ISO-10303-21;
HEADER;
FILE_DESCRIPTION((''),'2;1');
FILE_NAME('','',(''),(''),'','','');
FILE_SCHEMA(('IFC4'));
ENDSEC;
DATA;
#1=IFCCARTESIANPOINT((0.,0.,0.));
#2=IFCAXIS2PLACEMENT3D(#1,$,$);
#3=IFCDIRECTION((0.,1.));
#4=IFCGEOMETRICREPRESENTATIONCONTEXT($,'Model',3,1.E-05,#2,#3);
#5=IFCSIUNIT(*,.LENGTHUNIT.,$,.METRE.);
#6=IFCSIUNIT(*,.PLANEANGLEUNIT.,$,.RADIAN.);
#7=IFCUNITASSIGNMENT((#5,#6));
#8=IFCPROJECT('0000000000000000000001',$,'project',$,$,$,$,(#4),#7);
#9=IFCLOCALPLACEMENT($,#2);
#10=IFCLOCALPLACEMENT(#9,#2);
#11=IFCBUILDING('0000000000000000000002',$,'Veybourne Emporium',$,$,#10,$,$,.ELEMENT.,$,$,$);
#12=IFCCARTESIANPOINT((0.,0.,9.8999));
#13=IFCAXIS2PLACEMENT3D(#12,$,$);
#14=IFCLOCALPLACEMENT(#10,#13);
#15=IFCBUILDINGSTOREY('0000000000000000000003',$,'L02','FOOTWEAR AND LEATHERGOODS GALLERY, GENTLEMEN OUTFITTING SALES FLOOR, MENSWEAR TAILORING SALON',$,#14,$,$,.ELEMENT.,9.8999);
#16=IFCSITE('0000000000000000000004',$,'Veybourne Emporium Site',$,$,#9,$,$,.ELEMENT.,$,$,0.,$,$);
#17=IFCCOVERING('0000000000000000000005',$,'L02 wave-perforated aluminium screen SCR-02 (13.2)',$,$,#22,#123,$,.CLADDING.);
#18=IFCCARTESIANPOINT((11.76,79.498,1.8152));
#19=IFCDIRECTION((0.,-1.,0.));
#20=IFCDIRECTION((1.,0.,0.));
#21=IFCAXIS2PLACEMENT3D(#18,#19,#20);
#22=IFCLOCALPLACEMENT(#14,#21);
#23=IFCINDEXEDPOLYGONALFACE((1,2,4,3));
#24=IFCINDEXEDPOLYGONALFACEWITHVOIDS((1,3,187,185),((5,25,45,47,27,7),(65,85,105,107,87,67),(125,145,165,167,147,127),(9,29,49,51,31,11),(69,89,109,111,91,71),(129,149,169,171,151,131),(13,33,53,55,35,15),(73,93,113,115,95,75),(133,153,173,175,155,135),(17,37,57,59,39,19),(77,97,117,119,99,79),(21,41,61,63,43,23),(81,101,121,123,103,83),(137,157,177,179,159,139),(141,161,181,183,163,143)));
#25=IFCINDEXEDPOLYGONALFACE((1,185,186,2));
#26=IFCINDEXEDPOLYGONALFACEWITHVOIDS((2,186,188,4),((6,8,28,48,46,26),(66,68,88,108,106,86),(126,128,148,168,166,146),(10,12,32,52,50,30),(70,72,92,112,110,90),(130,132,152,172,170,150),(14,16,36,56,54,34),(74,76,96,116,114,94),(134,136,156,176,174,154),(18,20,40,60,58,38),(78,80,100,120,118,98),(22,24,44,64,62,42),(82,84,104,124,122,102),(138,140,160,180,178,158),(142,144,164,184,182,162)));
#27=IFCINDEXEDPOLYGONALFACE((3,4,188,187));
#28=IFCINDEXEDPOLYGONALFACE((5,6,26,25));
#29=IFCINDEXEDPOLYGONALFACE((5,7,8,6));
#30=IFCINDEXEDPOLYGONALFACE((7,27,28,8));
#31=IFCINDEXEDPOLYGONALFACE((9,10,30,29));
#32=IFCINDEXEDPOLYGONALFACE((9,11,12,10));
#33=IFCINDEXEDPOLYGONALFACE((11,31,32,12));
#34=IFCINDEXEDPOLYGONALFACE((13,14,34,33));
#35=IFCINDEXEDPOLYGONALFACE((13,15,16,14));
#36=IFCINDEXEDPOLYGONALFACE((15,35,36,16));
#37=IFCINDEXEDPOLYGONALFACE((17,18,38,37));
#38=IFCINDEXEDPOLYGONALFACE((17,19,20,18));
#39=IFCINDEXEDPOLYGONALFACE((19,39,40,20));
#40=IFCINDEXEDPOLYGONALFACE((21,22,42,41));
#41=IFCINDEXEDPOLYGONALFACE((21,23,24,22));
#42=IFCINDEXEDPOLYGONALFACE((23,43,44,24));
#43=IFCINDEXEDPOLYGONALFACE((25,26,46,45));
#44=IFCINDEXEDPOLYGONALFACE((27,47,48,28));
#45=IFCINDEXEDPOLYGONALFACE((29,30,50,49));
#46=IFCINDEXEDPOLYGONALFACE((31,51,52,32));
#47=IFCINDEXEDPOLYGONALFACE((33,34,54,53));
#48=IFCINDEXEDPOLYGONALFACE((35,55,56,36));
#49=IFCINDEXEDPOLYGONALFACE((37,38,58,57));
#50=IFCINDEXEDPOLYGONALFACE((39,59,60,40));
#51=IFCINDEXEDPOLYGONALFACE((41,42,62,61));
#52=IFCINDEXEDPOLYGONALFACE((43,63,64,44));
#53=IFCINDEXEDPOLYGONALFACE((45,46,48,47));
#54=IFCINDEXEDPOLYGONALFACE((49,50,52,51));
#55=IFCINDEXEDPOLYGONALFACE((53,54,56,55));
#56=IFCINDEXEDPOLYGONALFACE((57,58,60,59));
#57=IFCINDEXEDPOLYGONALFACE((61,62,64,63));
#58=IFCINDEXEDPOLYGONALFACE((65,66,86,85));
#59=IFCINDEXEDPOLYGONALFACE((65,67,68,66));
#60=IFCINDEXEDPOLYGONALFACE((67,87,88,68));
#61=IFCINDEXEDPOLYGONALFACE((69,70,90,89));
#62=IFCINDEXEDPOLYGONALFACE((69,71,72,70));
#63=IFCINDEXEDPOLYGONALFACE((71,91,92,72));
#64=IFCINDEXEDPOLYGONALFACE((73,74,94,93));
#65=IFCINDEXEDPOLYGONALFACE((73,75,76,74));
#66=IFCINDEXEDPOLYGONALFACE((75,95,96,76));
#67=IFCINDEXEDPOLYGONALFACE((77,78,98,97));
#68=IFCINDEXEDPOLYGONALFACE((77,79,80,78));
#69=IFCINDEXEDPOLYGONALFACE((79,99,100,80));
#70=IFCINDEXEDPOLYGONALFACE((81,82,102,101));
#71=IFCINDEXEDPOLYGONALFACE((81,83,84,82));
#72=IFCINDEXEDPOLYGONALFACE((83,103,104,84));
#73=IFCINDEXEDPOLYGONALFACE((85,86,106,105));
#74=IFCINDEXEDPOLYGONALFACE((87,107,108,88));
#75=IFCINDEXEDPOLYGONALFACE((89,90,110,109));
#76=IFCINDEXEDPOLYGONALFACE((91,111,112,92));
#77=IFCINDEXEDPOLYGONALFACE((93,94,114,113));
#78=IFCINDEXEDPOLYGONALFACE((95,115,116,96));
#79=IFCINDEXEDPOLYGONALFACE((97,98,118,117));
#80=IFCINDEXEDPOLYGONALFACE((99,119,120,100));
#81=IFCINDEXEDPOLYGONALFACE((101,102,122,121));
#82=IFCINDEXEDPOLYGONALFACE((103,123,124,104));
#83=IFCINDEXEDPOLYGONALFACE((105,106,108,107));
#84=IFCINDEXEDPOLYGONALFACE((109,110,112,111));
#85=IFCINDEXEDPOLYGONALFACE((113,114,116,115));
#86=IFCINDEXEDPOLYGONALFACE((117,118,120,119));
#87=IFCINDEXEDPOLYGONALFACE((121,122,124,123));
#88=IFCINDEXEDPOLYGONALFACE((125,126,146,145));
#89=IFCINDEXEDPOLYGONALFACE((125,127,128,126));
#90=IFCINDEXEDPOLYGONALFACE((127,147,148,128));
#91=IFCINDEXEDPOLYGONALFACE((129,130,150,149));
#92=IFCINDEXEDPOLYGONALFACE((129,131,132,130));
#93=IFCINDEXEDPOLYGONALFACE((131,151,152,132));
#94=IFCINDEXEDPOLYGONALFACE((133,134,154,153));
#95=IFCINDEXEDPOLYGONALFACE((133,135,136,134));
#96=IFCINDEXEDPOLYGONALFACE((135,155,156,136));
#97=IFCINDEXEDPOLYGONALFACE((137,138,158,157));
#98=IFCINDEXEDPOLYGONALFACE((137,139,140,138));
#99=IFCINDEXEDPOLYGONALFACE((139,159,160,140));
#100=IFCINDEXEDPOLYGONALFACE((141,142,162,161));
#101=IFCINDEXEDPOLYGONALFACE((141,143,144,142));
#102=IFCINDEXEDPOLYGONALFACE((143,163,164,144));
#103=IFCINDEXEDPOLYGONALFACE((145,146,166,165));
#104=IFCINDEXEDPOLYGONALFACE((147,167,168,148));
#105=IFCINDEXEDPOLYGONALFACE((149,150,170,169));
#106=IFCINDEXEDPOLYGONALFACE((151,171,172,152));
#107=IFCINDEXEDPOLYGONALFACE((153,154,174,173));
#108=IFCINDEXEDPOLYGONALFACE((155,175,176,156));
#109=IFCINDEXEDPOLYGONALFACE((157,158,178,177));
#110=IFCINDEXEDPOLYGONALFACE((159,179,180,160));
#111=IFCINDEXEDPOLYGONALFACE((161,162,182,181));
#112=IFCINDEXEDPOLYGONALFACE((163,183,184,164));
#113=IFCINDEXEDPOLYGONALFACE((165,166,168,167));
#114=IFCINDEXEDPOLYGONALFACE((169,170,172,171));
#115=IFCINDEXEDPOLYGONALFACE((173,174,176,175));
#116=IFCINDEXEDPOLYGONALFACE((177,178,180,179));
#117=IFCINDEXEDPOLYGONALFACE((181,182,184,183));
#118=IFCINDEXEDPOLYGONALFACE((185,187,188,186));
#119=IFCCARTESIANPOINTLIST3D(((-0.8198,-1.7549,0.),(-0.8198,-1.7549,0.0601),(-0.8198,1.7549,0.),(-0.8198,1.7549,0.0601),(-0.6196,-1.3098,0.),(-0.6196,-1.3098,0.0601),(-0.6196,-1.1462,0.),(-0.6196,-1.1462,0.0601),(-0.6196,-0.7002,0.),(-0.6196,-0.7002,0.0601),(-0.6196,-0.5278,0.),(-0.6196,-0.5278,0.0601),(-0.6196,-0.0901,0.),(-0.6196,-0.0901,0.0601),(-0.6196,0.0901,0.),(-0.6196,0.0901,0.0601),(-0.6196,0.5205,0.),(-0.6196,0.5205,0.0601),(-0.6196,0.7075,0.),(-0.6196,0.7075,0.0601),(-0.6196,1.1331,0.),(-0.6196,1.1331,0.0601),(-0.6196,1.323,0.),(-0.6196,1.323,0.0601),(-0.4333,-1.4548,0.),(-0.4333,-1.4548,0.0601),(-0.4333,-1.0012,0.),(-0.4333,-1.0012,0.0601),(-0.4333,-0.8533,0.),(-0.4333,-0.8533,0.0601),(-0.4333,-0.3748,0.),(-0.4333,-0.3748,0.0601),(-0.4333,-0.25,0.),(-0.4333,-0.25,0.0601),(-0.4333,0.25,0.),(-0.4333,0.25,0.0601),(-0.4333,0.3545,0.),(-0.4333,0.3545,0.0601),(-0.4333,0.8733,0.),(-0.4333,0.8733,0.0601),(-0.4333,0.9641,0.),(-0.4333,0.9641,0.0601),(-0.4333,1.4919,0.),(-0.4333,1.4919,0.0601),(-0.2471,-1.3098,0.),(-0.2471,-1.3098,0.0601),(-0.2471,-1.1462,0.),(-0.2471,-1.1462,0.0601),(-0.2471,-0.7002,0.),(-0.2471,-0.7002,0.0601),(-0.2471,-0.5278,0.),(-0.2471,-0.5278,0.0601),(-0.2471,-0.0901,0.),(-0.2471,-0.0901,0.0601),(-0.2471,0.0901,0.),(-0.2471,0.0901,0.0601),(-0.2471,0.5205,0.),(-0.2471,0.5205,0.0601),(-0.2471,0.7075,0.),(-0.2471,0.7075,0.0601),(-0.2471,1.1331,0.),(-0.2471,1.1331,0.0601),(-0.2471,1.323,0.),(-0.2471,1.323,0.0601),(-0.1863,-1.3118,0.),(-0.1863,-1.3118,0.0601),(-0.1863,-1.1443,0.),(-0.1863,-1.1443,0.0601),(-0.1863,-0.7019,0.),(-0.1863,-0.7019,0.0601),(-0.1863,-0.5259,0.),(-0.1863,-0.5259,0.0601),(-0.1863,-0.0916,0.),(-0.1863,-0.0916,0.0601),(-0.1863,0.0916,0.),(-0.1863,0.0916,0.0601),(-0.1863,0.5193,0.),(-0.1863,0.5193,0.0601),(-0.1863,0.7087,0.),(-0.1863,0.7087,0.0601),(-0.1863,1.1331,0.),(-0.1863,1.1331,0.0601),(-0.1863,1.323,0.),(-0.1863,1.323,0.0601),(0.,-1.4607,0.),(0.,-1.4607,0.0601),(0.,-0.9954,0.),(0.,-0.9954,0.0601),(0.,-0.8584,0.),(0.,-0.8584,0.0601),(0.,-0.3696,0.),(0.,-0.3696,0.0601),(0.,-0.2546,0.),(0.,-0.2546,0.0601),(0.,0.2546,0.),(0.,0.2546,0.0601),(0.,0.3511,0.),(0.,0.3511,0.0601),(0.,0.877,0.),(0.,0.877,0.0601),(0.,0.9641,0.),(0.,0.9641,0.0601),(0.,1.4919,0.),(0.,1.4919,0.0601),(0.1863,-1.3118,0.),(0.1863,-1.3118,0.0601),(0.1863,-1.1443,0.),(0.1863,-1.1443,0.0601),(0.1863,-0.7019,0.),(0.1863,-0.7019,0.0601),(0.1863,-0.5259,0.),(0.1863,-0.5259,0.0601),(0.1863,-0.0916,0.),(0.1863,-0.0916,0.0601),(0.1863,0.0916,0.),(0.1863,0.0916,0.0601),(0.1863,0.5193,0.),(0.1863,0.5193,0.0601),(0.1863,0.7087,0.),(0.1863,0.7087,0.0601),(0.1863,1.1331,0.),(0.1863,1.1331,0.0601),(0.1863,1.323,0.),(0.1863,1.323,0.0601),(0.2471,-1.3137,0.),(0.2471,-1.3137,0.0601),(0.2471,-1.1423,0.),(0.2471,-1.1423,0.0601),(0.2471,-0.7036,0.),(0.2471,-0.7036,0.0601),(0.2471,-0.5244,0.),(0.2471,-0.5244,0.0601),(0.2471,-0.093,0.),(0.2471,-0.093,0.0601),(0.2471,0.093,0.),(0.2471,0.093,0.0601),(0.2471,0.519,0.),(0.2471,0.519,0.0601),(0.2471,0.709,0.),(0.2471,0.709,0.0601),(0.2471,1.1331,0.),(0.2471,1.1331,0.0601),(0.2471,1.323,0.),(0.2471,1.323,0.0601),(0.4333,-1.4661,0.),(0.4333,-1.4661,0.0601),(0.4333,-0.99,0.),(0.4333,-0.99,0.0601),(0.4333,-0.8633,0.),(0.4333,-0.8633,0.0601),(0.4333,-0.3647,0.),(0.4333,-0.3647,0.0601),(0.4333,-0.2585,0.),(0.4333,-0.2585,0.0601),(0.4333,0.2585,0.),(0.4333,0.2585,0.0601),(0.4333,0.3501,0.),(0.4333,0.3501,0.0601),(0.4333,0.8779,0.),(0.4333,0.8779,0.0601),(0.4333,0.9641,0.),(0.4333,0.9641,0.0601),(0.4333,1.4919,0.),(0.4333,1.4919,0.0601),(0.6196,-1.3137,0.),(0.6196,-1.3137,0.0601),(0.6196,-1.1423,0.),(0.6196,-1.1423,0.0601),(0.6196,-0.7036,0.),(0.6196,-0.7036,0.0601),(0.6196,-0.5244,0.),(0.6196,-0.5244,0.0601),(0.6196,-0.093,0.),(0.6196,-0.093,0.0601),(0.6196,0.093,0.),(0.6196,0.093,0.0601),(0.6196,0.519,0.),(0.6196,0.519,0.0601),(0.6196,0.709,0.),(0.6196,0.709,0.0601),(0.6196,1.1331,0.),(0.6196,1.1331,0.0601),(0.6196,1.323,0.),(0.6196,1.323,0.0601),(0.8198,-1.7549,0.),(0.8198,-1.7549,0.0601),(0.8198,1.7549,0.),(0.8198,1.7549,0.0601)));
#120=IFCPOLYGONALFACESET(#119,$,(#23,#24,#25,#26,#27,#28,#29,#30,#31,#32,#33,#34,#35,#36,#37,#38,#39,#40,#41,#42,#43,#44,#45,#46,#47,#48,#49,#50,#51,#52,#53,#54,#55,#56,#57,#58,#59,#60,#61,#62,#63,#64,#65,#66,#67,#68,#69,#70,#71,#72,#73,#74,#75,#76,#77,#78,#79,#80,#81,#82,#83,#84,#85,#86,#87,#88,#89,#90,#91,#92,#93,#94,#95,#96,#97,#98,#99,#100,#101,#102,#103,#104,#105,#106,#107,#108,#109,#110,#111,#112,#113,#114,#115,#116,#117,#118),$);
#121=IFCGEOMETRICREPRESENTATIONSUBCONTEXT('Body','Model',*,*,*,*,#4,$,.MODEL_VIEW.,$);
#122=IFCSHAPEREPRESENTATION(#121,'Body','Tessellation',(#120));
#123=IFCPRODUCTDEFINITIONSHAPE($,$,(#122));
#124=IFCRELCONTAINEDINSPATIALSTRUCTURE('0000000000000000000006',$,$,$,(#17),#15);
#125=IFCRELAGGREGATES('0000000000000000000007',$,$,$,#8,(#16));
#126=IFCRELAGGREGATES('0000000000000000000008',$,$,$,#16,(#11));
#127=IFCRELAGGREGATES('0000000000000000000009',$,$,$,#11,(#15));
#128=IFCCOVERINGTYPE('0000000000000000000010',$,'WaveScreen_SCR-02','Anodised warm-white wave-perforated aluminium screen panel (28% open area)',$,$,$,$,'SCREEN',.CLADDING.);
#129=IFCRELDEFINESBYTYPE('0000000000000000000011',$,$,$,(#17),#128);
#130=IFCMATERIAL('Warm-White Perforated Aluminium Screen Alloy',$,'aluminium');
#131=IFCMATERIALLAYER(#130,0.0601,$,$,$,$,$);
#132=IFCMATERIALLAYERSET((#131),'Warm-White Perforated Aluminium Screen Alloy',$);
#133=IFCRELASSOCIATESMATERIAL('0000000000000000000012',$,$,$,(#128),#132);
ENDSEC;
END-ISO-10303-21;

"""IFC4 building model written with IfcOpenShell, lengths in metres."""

from ifc_helpers import new_model, si_unit, direction, frame, origin, place, context, subcontext, project, spatial, polyline, outline, extrude, material, layer, layer_set, type_object, element, save


model = new_model("IFC4")

# Units and contexts
model_context = context("Model", 3, precision=1e-05, world=origin(), true_north=direction((0.0, 1.0)))
body_context = subcontext(model_context, "Body", "Model", "MODEL_VIEW")
ifc_project = project(units=[si_unit("LENGTHUNIT", "METRE"), si_unit("PLANEANGLEUNIT", "RADIAN")], contexts=[model_context])

# Site, building, storey
site_placement = place(None, origin())
site = spatial("IfcSite", under=ifc_project, at=site_placement, Name="Veybourne Emporium Site", CompositionType="ELEMENT", RefElevation=0.0)
building_placement = place(site_placement, origin())
building = spatial("IfcBuilding", under=site, at=building_placement, Name="Veybourne Emporium", CompositionType="ELEMENT")
storey_placement = place(building_placement, frame((0.0, 0.0, 9.8999)))
storey = spatial("IfcBuildingStorey", under=building, at=storey_placement, Name="L02", Description="FOOTWEAR AND LEATHERGOODS GALLERY, GENTLEMEN OUTFITTING SALES FLOOR, MENSWEAR TAILORING SALON", CompositionType="ELEMENT", Elevation=9.8999)

# Covering
ifc_material_1 = material(Name="Warm-White Perforated Aluminium Screen Alloy", Category="aluminium")
ifc_layer_1 = layer(ifc_material_1, 0.0601)
ifc_layer_set_1 = layer_set([ifc_layer_1], Name="Warm-White Perforated Aluminium Screen Alloy")
covering_type_1 = type_object("IfcCoveringType", Name="WaveScreen_SCR-02", Description="Anodised warm-white wave-perforated aluminium screen panel (28% open area)", ElementType="SCREEN", PredefinedType="CLADDING", material=ifc_layer_set_1)
covering_1_placement = place(storey_placement, frame((11.76, 79.498, 1.8152), z_axis=(0.0, -1.0, 0.0), x_axis=(1.0, 0.0, 0.0)))
element("IfcCovering", 1, at=covering_1_placement, inside=storey, type_object=covering_type_1, Name="L02 wave-perforated aluminium screen SCR-02 (13.2)", PredefinedType="CLADDING", context=body_context, shape_type="SweptSolid", body=[
    extrude(outline(polyline([(-0.8198, -1.7549), (0.8198, -1.7549), (0.8198, 1.7549), (-0.8198, 1.7549), (-0.8198, -1.7549)]), holes=[polyline([(-0.4333, -1.0012), (-0.2471, -1.1462), (-0.2471, -1.3098), (-0.4333, -1.4548), (-0.6196, -1.3098), (-0.6196, -1.1462), (-0.4333, -1.0012)]), polyline([(-0.4333, -0.3748), (-0.2471, -0.5278), (-0.2471, -0.7002), (-0.4333, -0.8533), (-0.6196, -0.7002), (-0.6196, -0.5278), (-0.4333, -0.3748)]), polyline([(-0.4333, 0.25), (-0.2471, 0.0901), (-0.2471, -0.0901), (-0.4333, -0.25), (-0.6196, -0.0901), (-0.6196, 0.0901), (-0.4333, 0.25)]), polyline([(-0.4333, 0.8733), (-0.2471, 0.7075), (-0.2471, 0.5205), (-0.4333, 0.3545), (-0.6196, 0.5205), (-0.6196, 0.7075), (-0.4333, 0.8733)]), polyline([(-0.4333, 1.4919), (-0.2471, 1.323), (-0.2471, 1.1331), (-0.4333, 0.9641), (-0.6196, 1.1331), (-0.6196, 1.323), (-0.4333, 1.4919)]), polyline([(0.0, -0.9954), (0.1863, -1.1443), (0.1863, -1.3118), (0.0, -1.4607), (-0.1863, -1.3118), (-0.1863, -1.1443), (0.0, -0.9954)]), polyline([(0.0, -0.3696), (0.1863, -0.5259), (0.1863, -0.7019), (0.0, -0.8584), (-0.1863, -0.7019), (-0.1863, -0.5259), (0.0, -0.3696)]), polyline([(0.0, 0.2546), (0.1863, 0.0916), (0.1863, -0.0916), (0.0, -0.2546), (-0.1863, -0.0916), (-0.1863, 0.0916), (0.0, 0.2546)]), polyline([(0.0, 0.877), (0.1863, 0.7087), (0.1863, 0.5193), (0.0, 0.3511), (-0.1863, 0.5193), (-0.1863, 0.7087), (0.0, 0.877)]), polyline([(0.0, 1.4919), (0.1863, 1.323), (0.1863, 1.1331), (0.0, 0.9641), (-0.1863, 1.1331), (-0.1863, 1.323), (0.0, 1.4919)]), polyline([(0.4333, -0.99), (0.6196, -1.1423), (0.6196, -1.3137), (0.4333, -1.4661), (0.2471, -1.3137), (0.2471, -1.1423), (0.4333, -0.99)]), polyline([(0.4333, -0.3647), (0.6196, -0.5244), (0.6196, -0.7036), (0.4333, -0.8633), (0.2471, -0.7036), (0.2471, -0.5244), (0.4333, -0.3647)]), polyline([(0.4333, 0.2585), (0.6196, 0.093), (0.6196, -0.093), (0.4333, -0.2585), (0.2471, -0.093), (0.2471, 0.093), (0.4333, 0.2585)]), polyline([(0.4333, 0.8779), (0.6196, 0.709), (0.6196, 0.519), (0.4333, 0.3501), (0.2471, 0.519), (0.2471, 0.709), (0.4333, 0.8779)]), polyline([(0.4333, 1.4919), (0.6196, 1.323), (0.6196, 1.1331), (0.4333, 0.9641), (0.2471, 1.1331), (0.2471, 1.323), (0.4333, 1.4919)])]), origin(), (0.0, 0.0, 1.0), 0.0601),
])

save(model, "model.ifc")
